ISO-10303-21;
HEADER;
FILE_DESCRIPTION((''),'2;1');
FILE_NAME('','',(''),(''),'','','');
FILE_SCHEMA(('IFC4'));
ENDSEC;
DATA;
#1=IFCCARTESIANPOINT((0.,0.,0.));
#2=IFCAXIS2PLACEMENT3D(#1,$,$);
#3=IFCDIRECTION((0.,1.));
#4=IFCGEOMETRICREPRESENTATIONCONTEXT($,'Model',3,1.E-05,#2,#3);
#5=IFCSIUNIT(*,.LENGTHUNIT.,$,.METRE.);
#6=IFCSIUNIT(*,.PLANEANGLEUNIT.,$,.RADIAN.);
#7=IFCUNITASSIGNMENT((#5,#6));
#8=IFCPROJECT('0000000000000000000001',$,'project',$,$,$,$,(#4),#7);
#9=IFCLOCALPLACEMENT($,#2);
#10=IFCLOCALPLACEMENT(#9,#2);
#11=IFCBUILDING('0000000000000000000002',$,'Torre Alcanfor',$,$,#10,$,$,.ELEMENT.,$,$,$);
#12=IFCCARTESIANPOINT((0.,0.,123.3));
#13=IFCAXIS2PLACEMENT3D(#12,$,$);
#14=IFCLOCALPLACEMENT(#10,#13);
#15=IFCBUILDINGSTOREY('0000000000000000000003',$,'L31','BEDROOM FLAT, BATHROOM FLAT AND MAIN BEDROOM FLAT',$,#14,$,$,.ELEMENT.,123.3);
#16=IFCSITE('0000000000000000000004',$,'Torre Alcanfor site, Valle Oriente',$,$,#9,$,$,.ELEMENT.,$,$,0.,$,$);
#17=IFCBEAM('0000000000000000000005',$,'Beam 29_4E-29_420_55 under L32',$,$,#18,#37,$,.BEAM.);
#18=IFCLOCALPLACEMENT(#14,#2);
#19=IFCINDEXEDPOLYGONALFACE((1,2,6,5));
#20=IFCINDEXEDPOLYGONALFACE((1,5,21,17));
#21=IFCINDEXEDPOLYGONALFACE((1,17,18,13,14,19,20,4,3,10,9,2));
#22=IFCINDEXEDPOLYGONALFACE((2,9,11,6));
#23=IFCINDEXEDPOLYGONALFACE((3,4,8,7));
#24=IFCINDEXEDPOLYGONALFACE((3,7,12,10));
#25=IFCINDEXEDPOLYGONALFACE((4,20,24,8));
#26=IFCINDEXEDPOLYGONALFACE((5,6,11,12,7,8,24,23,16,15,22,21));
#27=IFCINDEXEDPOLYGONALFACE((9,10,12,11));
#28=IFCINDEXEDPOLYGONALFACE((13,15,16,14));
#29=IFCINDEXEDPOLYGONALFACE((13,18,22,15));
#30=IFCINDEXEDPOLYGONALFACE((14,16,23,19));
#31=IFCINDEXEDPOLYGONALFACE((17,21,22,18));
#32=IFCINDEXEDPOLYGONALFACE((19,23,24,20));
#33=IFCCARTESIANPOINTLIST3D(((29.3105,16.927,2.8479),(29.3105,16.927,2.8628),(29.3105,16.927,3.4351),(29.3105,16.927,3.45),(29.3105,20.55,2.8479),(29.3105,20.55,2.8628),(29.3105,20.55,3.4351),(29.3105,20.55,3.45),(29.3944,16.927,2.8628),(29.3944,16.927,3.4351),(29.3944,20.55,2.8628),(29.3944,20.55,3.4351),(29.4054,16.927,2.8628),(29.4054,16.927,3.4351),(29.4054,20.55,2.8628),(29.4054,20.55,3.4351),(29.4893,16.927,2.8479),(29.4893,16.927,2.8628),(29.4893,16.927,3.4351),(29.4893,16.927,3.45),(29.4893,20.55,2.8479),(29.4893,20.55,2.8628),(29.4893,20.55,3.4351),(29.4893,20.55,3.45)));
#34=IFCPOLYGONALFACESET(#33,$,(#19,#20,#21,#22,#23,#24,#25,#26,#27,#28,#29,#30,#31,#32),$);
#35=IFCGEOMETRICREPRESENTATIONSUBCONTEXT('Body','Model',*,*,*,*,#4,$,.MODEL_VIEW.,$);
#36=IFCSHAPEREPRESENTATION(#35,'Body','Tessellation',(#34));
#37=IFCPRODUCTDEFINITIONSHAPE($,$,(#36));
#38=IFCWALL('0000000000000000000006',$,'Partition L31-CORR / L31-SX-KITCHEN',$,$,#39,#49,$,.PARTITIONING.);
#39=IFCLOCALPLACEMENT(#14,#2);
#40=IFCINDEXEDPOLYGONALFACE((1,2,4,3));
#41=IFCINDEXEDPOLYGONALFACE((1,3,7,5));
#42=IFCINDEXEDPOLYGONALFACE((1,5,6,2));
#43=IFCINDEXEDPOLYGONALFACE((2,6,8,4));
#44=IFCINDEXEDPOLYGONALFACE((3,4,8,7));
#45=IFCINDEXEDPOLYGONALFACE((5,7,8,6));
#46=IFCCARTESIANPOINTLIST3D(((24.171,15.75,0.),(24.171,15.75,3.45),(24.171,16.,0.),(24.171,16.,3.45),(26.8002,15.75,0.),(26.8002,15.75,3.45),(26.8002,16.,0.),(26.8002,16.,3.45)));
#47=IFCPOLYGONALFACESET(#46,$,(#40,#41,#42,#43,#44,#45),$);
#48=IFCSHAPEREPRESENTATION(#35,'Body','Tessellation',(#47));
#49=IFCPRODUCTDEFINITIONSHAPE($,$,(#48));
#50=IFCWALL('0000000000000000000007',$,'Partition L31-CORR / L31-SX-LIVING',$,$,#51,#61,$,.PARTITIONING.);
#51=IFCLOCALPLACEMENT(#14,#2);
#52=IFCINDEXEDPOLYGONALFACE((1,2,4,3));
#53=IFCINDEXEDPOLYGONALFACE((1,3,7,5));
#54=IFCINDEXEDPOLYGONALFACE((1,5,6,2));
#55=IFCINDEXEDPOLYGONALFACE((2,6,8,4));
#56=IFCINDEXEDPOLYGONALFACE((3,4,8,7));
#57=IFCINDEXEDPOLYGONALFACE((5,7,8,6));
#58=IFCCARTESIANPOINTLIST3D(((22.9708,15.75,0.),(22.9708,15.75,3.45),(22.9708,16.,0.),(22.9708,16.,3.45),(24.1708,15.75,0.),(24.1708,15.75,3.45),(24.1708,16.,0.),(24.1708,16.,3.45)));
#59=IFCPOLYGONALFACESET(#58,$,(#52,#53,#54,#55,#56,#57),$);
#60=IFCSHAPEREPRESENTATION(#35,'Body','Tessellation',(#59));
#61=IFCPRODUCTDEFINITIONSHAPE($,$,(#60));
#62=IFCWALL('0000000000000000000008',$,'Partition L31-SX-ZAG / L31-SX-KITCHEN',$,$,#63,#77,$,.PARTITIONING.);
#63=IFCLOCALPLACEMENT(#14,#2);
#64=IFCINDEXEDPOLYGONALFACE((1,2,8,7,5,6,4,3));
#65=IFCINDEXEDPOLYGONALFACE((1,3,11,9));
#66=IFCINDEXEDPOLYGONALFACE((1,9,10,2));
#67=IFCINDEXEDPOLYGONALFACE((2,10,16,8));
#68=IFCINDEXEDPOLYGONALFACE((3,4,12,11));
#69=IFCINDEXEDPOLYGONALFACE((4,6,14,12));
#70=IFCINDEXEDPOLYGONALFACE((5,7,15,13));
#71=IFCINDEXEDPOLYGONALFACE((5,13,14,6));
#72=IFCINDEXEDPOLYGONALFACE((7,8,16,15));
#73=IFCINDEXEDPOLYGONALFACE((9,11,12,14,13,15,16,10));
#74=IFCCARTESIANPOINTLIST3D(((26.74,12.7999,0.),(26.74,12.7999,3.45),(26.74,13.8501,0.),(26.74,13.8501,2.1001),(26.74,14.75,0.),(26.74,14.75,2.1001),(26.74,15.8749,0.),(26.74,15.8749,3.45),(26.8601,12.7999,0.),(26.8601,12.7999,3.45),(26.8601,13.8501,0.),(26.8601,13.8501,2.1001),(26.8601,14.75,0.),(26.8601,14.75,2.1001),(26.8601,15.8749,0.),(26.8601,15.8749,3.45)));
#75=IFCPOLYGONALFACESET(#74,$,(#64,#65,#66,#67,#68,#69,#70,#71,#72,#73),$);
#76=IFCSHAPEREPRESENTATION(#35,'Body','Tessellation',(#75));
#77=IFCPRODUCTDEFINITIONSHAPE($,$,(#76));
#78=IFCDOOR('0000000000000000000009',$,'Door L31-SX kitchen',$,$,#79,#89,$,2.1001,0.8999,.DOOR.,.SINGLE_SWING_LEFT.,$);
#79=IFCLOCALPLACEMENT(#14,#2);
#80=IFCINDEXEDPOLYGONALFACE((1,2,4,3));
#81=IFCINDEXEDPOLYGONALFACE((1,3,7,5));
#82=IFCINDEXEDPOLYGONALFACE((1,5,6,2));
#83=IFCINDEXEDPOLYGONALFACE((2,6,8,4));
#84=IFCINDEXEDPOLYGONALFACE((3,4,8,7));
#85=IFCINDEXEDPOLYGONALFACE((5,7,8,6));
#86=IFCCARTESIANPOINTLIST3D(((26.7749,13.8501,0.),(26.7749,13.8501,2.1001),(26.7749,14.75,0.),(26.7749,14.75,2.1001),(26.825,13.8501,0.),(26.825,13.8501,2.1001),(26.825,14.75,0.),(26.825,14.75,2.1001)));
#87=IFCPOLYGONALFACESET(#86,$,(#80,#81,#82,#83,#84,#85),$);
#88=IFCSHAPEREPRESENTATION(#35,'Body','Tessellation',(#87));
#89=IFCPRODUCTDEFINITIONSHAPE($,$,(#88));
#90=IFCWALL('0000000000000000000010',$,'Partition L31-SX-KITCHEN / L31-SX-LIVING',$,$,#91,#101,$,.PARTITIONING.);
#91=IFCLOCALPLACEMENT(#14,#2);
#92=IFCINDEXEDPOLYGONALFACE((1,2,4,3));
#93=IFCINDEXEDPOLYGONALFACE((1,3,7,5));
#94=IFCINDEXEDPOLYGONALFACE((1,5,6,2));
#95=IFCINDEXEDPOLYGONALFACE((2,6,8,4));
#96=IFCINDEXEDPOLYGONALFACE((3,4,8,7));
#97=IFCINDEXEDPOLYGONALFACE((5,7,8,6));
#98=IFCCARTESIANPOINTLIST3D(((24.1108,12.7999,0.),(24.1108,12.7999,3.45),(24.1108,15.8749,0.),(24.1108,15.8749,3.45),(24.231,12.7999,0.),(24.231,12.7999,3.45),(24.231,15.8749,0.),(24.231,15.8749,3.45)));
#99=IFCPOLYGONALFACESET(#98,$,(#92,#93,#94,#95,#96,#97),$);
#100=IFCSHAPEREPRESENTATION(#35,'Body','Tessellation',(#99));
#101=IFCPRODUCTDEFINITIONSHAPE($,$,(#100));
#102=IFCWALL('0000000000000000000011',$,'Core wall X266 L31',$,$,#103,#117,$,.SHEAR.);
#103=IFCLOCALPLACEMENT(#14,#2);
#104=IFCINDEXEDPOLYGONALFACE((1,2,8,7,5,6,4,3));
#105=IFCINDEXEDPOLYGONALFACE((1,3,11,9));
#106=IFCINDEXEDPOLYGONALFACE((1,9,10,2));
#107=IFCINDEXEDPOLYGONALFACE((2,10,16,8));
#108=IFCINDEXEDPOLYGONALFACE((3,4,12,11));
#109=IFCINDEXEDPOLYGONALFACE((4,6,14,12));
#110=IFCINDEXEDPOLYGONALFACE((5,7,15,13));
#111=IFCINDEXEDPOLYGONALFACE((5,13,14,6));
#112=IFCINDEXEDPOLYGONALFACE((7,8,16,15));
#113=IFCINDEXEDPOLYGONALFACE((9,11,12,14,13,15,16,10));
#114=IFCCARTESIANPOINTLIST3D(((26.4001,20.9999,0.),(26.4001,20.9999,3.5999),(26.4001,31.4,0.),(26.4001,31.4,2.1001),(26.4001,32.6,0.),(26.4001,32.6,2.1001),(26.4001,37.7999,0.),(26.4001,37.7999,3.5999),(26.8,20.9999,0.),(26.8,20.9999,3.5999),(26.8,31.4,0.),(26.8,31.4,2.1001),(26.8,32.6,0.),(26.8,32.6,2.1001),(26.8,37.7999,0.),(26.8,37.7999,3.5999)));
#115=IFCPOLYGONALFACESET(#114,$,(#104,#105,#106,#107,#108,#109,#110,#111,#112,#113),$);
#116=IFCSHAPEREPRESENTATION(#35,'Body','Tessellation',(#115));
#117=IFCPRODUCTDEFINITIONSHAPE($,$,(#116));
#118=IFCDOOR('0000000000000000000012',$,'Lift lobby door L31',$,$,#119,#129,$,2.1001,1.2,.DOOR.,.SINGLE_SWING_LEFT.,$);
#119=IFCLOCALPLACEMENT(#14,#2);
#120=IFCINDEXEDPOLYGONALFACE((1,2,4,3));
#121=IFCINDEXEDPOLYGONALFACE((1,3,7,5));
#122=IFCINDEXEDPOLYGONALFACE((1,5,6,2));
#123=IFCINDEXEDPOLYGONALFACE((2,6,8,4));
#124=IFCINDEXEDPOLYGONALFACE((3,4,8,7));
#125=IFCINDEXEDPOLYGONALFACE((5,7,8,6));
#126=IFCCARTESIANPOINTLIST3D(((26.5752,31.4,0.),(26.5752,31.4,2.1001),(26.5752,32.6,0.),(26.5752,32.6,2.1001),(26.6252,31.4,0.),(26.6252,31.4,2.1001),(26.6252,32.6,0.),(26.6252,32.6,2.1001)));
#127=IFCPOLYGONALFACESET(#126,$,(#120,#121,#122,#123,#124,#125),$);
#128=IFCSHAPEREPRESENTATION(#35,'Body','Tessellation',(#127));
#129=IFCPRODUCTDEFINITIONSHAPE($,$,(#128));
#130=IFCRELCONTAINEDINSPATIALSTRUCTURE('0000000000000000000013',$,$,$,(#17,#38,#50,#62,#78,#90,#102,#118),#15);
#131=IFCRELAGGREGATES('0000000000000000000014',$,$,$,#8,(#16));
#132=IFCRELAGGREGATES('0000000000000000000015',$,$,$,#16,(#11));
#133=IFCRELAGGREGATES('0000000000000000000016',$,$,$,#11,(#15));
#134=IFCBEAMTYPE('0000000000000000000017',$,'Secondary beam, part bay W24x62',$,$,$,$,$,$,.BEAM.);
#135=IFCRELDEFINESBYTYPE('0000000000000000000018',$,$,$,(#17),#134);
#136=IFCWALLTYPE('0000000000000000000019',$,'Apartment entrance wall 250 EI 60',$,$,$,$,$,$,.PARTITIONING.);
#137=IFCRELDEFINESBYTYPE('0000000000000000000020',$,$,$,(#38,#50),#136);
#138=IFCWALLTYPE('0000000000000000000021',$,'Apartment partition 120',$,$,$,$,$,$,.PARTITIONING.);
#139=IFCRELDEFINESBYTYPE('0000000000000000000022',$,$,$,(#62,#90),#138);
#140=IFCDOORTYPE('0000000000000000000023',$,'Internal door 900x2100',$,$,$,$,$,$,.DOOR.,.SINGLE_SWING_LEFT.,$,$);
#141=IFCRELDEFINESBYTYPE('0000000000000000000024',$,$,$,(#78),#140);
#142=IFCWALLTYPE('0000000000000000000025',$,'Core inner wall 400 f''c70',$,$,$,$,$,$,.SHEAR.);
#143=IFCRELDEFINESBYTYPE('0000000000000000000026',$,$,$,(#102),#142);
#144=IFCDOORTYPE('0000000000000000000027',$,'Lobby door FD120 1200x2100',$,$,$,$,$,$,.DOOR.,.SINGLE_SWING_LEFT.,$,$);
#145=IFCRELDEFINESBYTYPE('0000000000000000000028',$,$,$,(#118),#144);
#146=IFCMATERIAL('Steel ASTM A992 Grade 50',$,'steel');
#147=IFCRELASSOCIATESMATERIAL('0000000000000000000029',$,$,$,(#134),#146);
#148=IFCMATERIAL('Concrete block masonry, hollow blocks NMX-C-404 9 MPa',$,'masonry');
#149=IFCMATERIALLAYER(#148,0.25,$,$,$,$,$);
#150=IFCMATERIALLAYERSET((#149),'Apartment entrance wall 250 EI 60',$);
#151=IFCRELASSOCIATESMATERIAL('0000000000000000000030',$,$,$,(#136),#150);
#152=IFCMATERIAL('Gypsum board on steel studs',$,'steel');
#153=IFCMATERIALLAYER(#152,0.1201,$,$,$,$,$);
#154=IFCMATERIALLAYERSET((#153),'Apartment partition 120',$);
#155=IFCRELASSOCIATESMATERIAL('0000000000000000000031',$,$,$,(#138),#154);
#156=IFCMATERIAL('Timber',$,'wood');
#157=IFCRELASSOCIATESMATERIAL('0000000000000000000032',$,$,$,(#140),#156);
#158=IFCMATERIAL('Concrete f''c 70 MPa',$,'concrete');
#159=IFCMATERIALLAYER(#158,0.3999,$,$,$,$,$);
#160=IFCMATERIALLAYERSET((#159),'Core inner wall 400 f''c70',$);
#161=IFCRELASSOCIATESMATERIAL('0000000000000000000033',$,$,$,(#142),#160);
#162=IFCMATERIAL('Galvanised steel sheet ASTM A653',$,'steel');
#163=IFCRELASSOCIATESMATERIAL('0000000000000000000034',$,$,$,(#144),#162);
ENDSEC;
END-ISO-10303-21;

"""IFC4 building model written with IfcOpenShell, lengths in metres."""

from ifc_helpers import new_model, si_unit, direction, frame, frame_2d, origin, origin_2d, place, context, subcontext, project, spatial, rectangle, i_section, extrude, material, layer, layer_set, material_profile, profile_set, type_object, element, fill, save


model = new_model("IFC4")

# Units and contexts
model_context = context("Model", 3, precision=1e-05, world=origin(), true_north=direction((0.0, 1.0)))
body_context = subcontext(model_context, "Body", "Model", "MODEL_VIEW")
ifc_project = project(units=[si_unit("LENGTHUNIT", "METRE"), si_unit("PLANEANGLEUNIT", "RADIAN")], contexts=[model_context])

# Site, building, storey
site_placement = place(None, origin())
site = spatial("IfcSite", under=ifc_project, at=site_placement, Name="Torre Alcanfor site, Valle Oriente", CompositionType="ELEMENT", RefElevation=0.0)
building_placement = place(site_placement, origin())
building = spatial("IfcBuilding", under=site, at=building_placement, Name="Torre Alcanfor", CompositionType="ELEMENT")
storey_placement = place(building_placement, frame((0.0, 0.0, 123.3)))
storey = spatial("IfcBuildingStorey", under=building, at=storey_placement, Name="L31", Description="BEDROOM FLAT, BATHROOM FLAT AND MAIN BEDROOM FLAT", CompositionType="ELEMENT", Elevation=123.3)

# Beam
ifc_material_1 = material(Name="Steel ASTM A992 Grade 50", Category="steel")
ifc_material_profile_1 = material_profile(ifc_material_1, i_section(OverallWidth=0.1787, OverallDepth=0.6021, WebThickness=0.011, FlangeThickness=0.0149, at=origin_2d()), Name="W24x62")
ifc_profile_set_1 = profile_set([ifc_material_profile_1], Name="Steel ASTM A992 Grade 50")
beam_type_1 = type_object("IfcBeamType", Name="Secondary beam, part bay W24x62", PredefinedType="BEAM", material=ifc_profile_set_1)
for number, where, z_axis, x_axis, name in (
    (1, (29.3999, 16.927, 3.1489), (0.0, 1.0, 0.0), (-1.0, 0.0, 0.0), "Beam 29_4E-29_420_55 under L32"),
):
    element("IfcBeam", number, at=place(storey_placement, frame(where, z_axis=z_axis, x_axis=x_axis)), inside=storey, type_object=beam_type_1, Name=name, PredefinedType="BEAM", context=body_context, shape_type="SweptSolid", body=[
        extrude(i_section(OverallWidth=0.1787, OverallDepth=0.6021, WebThickness=0.011, FlangeThickness=0.0149, at=origin_2d()), origin(), (0.0, 0.0, 1.0), 3.623),
    ])

# Walls
ifc_material_2 = material(Name="Concrete block masonry, hollow blocks NMX-C-404 9 MPa", Category="masonry")
ifc_layer_1 = layer(ifc_material_2, 0.25)
ifc_layer_set_1 = layer_set([ifc_layer_1], Name="Apartment entrance wall 250 EI 60")
wall_type_1 = type_object("IfcWallType", Name="Apartment entrance wall 250 EI 60", PredefinedType="PARTITIONING", material=ifc_layer_set_1)
wall_1_placement = place(storey_placement, frame((26.8, 15.875, 0.0), z_axis=(0.0, 0.0, 1.0), x_axis=(-1.0, 0.0, 0.0)))
element("IfcWall", 2, at=wall_1_placement, inside=storey, type_object=wall_type_1, Name="Partition L31-CORR / L31-SX-KITCHEN", PredefinedType="PARTITIONING", context=body_context, shape_type="SweptSolid", body=[
    extrude(rectangle(XDim=2.6292, YDim=0.25, at=frame_2d((1.3145, 0.0))), origin(), (0.0, 0.0, 1.0), 3.45),
])
wall_2_placement = place(storey_placement, frame((24.1709, 15.875, 0.0), z_axis=(0.0, 0.0, 1.0), x_axis=(-1.0, 0.0, 0.0)))
element("IfcWall", 3, at=wall_2_placement, inside=storey, type_object=wall_type_1, Name="Partition L31-CORR / L31-SX-LIVING", PredefinedType="PARTITIONING", context=body_context, shape_type="SweptSolid", body=[
    extrude(rectangle(XDim=1.2, YDim=0.25, at=frame_2d((0.6001, 0.0))), origin(), (0.0, 0.0, 1.0), 3.45),
])

# Wall, opening, door
ifc_material_3 = material(Name="Gypsum board on steel studs", Category="steel")
ifc_layer_2 = layer(ifc_material_3, 0.1201)
ifc_layer_set_2 = layer_set([ifc_layer_2], Name="Apartment partition 120")
wall_type_2 = type_object("IfcWallType", Name="Apartment partition 120", PredefinedType="PARTITIONING", material=ifc_layer_set_2)
wall_3_placement = place(storey_placement, frame((26.8, 15.875, 0.0), z_axis=(0.0, 0.0, 1.0), x_axis=(0.0, -1.0, 0.0)))
wall_3 = element("IfcWall", 4, at=wall_3_placement, inside=storey, type_object=wall_type_2, Name="Partition L31-SX-ZAG / L31-SX-KITCHEN", PredefinedType="PARTITIONING", context=body_context, shape_type="SweptSolid", body=[
    extrude(rectangle(XDim=3.075, YDim=0.1201, at=frame_2d((1.5376, 0.0))), origin(), (0.0, 0.0, 1.0), 3.45),
])
opening_1_placement = place(wall_3_placement, frame((1.125, 0.0, 0.0)))
opening_1 = element("IfcOpeningElement", 5, at=opening_1_placement, cuts=wall_3, PredefinedType="OPENING", context=body_context, shape_type="SweptSolid", body=[
    extrude(rectangle(XDim=0.8999, YDim=2.1001, at=frame_2d((0.45, 1.05))), frame((0.0, 0.0701, 0.0), z_axis=(0.0, -1.0, 0.0), x_axis=(1.0, 0.0, 0.0)), (0.0, 0.0, 1.0), 0.1401),
])
ifc_material_4 = material(Name="Timber", Category="wood")
door_type_1 = type_object("IfcDoorType", Name="Internal door 900x2100", OperationType="SINGLE_SWING_LEFT", PredefinedType="DOOR", material=ifc_material_4)
door_1_placement = place(opening_1_placement, frame((0.8999, 0.0, 0.0), z_axis=(0.0, 0.0, 1.0), x_axis=(-1.0, 0.0, 0.0)))
door_1 = element("IfcDoor", 6, at=door_1_placement, inside=storey, type_object=door_type_1, Name="Door L31-SX kitchen", OperationType="SINGLE_SWING_LEFT", OverallHeight=2.1001, OverallWidth=0.8999, PredefinedType="DOOR", context=body_context, shape_type="SweptSolid", body=[
    extrude(rectangle(XDim=0.8999, YDim=2.1001, at=frame_2d((0.45, 1.05))), frame((0.0, 0.0251, 0.0), z_axis=(0.0, -1.0, 0.0), x_axis=(1.0, 0.0, 0.0)), (0.0, 0.0, 1.0), 0.05),
])
fill(opening_1, door_1)

# Wall
wall_4_placement = place(storey_placement, frame((24.1709, 15.875, 0.0), z_axis=(0.0, 0.0, 1.0), x_axis=(0.0, -1.0, 0.0)))
element("IfcWall", 7, at=wall_4_placement, inside=storey, type_object=wall_type_2, Name="Partition L31-SX-KITCHEN / L31-SX-LIVING", PredefinedType="PARTITIONING", context=body_context, shape_type="SweptSolid", body=[
    extrude(rectangle(XDim=3.075, YDim=0.1201, at=frame_2d((1.5376, 0.0))), origin(), (0.0, 0.0, 1.0), 3.45),
])

# Wall, opening, door
ifc_material_5 = material(Name="Concrete f'c 70 MPa", Category="concrete")
ifc_layer_3 = layer(ifc_material_5, 0.3999)
ifc_layer_set_3 = layer_set([ifc_layer_3], Name="Core inner wall 400 f'c70")
wall_type_3 = type_object("IfcWallType", Name="Core inner wall 400 f'c70", PredefinedType="SHEAR", material=ifc_layer_set_3)
wall_5_placement = place(storey_placement, frame((26.6001, 21.0, 0.0), z_axis=(0.0, 0.0, 1.0), x_axis=(0.0, 1.0, 0.0)))
wall_5 = element("IfcWall", 8, at=wall_5_placement, inside=storey, type_object=wall_type_3, Name="Core wall X266 L31", PredefinedType="SHEAR", context=body_context, shape_type="SweptSolid", body=[
    extrude(rectangle(XDim=16.8, YDim=0.3999, at=frame_2d((8.3999, 0.0))), origin(), (0.0, 0.0, 1.0), 3.5999),
])
opening_2_placement = place(wall_5_placement, frame((10.3999, 0.0, 0.0)))
opening_2 = element("IfcOpeningElement", 9, at=opening_2_placement, cuts=wall_5, PredefinedType="OPENING", context=body_context, shape_type="SweptSolid", body=[
    extrude(rectangle(XDim=1.2, YDim=2.1001, at=frame_2d((0.6001, 1.05))), frame((0.0, 0.21, 0.0), z_axis=(0.0, -1.0, 0.0), x_axis=(1.0, 0.0, 0.0)), (0.0, 0.0, 1.0), 0.4199),
])
ifc_material_6 = material(Name="Galvanised steel sheet ASTM A653", Category="steel")
door_type_2 = type_object("IfcDoorType", Name="Lobby door FD120 1200x2100", OperationType="SINGLE_SWING_LEFT", PredefinedType="DOOR", material=ifc_material_6)
door_2_placement = place(opening_2_placement, origin())
door_2 = element("IfcDoor", 10, at=door_2_placement, inside=storey, type_object=door_type_2, Name="Lift lobby door L31", OperationType="SINGLE_SWING_LEFT", OverallHeight=2.1001, OverallWidth=1.2, PredefinedType="DOOR", context=body_context, shape_type="SweptSolid", body=[
    extrude(rectangle(XDim=1.2, YDim=2.1001, at=frame_2d((0.6001, 1.05))), frame((0.0, 0.0249, 0.0), z_axis=(0.0, -1.0, 0.0), x_axis=(1.0, 0.0, 0.0)), (0.0, 0.0, 1.0), 0.05),
])
fill(opening_2, door_2)

save(model, "model.ifc")
